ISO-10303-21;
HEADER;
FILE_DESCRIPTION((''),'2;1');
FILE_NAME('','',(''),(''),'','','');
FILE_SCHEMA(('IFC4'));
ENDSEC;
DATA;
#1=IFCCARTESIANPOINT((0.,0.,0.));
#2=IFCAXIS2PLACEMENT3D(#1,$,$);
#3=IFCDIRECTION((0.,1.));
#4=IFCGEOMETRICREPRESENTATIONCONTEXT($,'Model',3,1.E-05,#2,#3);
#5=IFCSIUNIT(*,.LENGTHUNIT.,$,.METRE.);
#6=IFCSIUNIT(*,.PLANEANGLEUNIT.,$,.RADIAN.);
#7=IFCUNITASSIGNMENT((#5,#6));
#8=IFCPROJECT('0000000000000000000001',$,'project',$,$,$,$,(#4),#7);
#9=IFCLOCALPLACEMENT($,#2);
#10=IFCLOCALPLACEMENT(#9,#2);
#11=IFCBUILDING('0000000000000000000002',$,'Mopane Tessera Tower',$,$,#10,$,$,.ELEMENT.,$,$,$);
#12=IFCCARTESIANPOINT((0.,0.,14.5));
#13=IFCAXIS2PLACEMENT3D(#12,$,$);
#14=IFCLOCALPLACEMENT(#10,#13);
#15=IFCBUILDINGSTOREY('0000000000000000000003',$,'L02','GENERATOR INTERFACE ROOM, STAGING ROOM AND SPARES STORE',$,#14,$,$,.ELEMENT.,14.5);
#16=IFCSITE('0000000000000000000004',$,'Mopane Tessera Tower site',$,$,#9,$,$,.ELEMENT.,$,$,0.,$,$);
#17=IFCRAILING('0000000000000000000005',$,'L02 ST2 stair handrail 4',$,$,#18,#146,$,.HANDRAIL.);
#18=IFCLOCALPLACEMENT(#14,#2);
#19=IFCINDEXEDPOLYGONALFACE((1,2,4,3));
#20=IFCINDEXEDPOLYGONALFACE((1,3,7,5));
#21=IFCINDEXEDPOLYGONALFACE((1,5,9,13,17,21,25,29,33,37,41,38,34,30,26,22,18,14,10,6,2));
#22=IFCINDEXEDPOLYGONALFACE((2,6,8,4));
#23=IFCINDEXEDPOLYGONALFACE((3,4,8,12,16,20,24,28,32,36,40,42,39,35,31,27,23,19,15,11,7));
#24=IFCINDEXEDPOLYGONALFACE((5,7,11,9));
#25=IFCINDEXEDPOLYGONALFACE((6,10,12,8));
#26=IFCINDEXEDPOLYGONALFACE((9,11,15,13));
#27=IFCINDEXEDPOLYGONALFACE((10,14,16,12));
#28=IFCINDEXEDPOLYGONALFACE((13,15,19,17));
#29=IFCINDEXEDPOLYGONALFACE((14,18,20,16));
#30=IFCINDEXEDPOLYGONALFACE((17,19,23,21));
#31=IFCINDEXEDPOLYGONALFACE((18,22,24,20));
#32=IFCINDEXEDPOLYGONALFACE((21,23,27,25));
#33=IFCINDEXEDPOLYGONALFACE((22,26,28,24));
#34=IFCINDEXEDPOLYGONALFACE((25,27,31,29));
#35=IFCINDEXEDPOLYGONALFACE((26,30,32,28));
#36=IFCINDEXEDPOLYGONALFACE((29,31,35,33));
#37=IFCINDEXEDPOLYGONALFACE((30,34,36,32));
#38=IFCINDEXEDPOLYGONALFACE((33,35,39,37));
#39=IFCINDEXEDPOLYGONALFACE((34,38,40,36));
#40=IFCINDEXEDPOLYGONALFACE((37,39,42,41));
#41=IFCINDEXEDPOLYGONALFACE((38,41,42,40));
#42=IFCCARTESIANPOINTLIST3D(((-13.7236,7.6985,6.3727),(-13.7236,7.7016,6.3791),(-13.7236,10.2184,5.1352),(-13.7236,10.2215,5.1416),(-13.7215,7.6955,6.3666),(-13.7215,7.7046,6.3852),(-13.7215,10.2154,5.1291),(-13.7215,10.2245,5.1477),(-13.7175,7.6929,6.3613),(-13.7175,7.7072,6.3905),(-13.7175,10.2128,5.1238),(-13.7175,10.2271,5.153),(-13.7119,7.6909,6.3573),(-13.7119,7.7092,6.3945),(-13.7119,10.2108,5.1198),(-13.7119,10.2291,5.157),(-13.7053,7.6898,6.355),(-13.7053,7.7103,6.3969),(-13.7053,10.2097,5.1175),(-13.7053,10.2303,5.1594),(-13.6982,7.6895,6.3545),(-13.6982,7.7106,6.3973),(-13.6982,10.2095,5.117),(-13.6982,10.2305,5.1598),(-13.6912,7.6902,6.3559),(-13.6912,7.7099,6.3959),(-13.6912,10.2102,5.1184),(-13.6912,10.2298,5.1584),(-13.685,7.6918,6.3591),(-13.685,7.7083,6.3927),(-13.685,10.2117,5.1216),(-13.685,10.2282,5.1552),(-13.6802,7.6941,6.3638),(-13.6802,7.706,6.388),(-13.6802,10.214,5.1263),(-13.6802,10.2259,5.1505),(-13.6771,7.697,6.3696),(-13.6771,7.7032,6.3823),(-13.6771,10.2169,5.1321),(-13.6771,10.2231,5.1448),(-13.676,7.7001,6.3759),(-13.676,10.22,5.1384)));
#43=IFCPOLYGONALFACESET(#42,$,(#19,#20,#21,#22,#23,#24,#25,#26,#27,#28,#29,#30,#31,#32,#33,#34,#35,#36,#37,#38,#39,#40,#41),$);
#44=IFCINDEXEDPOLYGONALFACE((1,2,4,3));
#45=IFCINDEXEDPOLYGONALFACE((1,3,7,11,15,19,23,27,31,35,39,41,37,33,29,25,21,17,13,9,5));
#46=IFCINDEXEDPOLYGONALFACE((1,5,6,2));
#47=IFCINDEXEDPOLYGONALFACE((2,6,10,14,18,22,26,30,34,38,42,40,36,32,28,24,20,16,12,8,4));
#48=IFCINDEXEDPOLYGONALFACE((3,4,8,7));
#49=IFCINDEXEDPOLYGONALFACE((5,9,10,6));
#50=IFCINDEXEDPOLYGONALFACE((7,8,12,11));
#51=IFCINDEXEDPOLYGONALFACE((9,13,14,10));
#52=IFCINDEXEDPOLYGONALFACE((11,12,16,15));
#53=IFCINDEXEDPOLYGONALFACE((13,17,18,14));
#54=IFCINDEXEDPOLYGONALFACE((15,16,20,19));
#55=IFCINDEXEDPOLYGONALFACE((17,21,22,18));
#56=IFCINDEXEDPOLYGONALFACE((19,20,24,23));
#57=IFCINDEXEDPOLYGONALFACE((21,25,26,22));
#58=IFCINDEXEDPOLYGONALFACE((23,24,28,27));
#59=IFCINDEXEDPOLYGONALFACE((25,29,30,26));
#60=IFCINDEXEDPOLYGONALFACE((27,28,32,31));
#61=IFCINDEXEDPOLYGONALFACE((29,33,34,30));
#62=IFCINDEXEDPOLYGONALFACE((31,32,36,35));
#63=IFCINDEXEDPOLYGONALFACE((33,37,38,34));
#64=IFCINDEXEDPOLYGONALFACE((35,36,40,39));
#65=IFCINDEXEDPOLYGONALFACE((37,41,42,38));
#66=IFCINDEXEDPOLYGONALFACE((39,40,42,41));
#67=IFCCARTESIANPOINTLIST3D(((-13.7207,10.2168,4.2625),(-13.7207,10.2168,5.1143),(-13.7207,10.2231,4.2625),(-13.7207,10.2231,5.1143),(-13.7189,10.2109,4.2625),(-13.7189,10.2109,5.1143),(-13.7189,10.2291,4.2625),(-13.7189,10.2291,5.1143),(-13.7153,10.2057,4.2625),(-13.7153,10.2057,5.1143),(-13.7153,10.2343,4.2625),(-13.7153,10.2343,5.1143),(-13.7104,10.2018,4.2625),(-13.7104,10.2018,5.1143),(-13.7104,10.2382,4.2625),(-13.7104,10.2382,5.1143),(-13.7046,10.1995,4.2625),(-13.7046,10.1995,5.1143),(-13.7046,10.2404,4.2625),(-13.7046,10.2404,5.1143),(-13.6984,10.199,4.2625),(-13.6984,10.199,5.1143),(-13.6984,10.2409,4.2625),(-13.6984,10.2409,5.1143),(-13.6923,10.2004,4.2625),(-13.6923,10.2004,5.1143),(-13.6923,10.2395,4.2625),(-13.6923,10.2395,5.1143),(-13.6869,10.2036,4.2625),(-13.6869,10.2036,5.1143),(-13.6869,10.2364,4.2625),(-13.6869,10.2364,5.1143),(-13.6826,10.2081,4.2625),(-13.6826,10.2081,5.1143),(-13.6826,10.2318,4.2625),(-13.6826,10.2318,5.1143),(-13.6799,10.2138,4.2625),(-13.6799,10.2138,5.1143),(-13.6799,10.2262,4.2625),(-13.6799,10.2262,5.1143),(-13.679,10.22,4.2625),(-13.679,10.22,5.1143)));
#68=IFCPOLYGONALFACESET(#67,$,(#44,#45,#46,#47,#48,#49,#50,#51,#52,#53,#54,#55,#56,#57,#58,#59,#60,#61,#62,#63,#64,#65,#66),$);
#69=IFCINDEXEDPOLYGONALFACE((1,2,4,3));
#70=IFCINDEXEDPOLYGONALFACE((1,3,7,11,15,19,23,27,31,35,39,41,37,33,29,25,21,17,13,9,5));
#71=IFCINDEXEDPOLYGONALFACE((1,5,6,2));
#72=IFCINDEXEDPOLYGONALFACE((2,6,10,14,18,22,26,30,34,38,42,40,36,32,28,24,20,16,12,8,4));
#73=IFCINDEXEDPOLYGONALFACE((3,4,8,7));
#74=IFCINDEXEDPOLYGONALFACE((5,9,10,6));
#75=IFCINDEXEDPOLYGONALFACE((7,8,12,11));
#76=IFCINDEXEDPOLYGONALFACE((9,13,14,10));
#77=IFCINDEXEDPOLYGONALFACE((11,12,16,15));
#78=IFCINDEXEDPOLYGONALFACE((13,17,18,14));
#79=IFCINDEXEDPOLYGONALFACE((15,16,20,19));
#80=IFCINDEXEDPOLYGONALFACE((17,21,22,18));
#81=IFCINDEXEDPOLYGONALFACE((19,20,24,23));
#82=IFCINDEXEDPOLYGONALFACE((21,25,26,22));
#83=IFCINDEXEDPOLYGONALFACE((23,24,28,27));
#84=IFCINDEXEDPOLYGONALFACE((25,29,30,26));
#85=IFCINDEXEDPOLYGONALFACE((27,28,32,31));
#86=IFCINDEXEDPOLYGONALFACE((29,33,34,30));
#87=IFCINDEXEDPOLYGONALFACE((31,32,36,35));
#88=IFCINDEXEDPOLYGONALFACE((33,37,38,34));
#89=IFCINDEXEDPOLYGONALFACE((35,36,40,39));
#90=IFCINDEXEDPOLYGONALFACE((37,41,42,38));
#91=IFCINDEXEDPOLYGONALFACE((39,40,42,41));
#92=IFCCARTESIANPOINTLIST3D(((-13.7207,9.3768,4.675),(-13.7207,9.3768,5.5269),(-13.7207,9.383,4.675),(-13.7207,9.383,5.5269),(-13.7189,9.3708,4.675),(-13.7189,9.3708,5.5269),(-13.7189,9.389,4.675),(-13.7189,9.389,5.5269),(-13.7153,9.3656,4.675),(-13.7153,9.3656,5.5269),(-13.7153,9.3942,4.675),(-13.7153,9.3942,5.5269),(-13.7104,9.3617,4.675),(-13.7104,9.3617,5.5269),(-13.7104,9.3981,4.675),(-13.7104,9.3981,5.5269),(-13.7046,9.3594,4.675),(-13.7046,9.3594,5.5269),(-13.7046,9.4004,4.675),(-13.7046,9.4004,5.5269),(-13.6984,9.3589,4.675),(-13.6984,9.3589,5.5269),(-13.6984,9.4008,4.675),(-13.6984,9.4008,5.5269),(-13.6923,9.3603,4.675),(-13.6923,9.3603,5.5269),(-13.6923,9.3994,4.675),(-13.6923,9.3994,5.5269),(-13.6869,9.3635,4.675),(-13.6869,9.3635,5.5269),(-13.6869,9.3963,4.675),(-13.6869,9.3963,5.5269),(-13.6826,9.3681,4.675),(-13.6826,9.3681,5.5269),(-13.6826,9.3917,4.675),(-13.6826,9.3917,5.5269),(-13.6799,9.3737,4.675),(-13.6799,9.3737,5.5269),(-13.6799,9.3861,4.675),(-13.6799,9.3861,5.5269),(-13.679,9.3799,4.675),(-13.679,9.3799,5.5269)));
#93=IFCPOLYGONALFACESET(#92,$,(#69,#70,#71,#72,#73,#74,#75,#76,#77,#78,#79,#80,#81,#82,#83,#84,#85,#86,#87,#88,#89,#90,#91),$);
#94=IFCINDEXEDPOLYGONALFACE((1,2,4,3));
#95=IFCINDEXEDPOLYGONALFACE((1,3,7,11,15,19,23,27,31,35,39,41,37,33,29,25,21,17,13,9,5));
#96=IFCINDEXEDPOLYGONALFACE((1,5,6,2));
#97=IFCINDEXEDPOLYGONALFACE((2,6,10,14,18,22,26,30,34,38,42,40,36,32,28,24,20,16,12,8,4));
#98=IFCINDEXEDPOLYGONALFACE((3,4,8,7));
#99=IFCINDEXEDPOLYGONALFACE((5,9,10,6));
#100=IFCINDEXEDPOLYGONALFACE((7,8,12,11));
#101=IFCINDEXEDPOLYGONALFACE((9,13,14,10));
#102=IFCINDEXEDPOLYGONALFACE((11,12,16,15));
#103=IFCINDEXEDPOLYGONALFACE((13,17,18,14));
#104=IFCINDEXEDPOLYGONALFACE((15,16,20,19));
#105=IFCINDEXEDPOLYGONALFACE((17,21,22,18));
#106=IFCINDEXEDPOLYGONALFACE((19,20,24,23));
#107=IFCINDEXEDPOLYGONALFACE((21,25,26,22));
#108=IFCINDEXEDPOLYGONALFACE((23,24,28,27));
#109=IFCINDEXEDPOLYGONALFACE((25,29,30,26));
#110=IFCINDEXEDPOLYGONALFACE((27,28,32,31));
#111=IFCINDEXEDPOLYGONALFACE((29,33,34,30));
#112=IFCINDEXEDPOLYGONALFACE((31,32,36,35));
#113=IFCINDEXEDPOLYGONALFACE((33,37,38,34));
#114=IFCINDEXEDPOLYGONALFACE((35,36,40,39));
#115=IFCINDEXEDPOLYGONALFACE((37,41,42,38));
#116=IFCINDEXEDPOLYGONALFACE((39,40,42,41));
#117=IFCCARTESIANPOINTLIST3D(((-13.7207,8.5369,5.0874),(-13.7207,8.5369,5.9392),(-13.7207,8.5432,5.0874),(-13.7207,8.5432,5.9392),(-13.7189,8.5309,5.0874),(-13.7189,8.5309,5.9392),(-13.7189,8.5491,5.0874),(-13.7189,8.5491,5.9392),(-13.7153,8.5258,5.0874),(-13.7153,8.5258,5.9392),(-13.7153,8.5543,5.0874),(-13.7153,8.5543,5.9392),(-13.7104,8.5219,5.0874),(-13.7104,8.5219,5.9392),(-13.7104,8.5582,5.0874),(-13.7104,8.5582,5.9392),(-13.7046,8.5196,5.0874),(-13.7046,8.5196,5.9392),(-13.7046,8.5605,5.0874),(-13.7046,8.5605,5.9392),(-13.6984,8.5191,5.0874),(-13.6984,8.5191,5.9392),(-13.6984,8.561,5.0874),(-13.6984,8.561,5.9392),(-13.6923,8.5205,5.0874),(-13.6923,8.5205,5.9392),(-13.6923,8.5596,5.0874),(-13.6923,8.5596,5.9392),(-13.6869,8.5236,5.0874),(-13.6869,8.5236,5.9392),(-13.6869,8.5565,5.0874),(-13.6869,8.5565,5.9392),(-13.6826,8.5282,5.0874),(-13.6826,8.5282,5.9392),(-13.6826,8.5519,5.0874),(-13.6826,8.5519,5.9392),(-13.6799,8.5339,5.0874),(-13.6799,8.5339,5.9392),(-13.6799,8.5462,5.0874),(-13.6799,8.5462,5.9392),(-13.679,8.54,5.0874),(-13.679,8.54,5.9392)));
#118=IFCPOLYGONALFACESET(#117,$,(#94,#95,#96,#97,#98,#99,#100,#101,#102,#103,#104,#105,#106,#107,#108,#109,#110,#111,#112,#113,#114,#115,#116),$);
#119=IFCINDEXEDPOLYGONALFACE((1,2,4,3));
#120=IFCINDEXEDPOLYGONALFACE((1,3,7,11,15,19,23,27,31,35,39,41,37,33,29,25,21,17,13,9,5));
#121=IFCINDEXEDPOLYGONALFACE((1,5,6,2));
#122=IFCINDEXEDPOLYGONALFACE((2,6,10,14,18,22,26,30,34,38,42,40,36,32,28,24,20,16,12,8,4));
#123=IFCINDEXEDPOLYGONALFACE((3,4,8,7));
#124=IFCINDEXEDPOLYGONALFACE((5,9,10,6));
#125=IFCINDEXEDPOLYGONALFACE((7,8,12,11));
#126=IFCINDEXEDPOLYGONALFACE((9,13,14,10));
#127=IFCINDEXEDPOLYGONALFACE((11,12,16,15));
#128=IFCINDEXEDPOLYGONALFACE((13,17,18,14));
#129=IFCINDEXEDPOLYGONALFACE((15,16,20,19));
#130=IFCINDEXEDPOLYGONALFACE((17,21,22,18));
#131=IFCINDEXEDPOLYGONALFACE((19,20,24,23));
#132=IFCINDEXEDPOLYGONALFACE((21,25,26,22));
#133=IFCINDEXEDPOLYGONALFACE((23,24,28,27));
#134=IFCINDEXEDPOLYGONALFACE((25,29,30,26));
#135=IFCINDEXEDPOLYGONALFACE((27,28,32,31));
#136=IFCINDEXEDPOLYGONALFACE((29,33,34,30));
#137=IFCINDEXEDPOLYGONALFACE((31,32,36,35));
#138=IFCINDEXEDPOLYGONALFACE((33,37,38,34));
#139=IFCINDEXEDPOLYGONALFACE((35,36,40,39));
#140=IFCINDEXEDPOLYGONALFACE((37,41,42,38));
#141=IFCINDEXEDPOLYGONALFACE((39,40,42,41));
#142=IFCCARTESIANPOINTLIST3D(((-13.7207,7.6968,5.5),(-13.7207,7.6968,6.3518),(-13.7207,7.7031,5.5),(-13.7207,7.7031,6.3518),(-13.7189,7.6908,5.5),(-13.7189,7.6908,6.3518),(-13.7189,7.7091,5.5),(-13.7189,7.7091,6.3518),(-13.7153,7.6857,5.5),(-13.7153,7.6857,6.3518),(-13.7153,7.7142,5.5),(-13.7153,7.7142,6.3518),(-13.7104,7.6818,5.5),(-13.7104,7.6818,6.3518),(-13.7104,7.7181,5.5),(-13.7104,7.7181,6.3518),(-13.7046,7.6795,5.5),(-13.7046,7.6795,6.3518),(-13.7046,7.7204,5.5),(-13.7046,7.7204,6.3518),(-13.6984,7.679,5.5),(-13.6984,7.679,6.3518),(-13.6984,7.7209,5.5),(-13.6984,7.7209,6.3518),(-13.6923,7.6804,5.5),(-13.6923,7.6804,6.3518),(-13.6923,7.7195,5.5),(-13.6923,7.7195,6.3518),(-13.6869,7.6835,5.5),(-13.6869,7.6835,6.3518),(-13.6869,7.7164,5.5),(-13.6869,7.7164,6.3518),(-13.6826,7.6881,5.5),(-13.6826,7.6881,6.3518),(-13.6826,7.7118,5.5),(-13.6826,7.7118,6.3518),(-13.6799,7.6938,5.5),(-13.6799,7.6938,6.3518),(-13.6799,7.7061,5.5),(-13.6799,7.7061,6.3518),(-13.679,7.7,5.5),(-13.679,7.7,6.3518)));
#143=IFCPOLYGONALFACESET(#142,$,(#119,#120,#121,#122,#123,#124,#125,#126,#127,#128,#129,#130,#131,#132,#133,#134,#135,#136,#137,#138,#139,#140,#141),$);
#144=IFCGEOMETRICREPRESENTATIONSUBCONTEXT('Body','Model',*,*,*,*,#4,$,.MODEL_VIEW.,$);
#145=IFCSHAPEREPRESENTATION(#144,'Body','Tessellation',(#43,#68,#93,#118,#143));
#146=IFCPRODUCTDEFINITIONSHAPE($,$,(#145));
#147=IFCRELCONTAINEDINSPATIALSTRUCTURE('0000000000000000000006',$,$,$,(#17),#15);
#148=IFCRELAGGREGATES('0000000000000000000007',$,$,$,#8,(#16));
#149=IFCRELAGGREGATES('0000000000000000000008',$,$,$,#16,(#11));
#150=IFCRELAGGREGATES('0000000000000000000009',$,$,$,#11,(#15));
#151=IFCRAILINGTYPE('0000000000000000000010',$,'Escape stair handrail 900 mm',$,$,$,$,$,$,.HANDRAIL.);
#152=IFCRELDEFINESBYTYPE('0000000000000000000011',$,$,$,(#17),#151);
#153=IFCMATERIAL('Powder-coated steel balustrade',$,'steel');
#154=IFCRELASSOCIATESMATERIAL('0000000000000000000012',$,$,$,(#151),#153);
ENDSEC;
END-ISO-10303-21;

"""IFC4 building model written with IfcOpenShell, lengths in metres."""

from ifc_helpers import new_model, si_unit, direction, frame, origin, origin_2d, place, context, subcontext, project, spatial, circle, extrude, material, type_object, element, save


model = new_model("IFC4")

# Units and contexts
model_context = context("Model", 3, precision=1e-05, world=origin(), true_north=direction((0.0, 1.0)))
body_context = subcontext(model_context, "Body", "Model", "MODEL_VIEW")
ifc_project = project(units=[si_unit("LENGTHUNIT", "METRE"), si_unit("PLANEANGLEUNIT", "RADIAN")], contexts=[model_context])

# Site, building, storey
site_placement = place(None, origin())
site = spatial("IfcSite", under=ifc_project, at=site_placement, Name="Mopane Tessera Tower site", CompositionType="ELEMENT", RefElevation=0.0)
building_placement = place(site_placement, origin())
building = spatial("IfcBuilding", under=site, at=building_placement, Name="Mopane Tessera Tower", CompositionType="ELEMENT")
storey_placement = place(building_placement, frame((0.0, 0.0, 14.5)))
storey = spatial("IfcBuildingStorey", under=building, at=storey_placement, Name="L02", Description="GENERATOR INTERFACE ROOM, STAGING ROOM AND SPARES STORE", CompositionType="ELEMENT", Elevation=14.5)

# Railing
ifc_material_1 = material(Name="Powder-coated steel balustrade", Category="steel")
railing_type_1 = type_object("IfcRailingType", Name="Escape stair handrail 900 mm", PredefinedType="HANDRAIL", material=ifc_material_1)
for number, where, name in (
    (1, (-13.7, 10.22, 4.2625), "L02 ST2 stair handrail 4"),
):
    element("IfcRailing", number, at=place(storey_placement, frame(where)), inside=storey, type_object=railing_type_1, Name=name, PredefinedType="HANDRAIL", context=body_context, shape_type="SweptSolid", body=[
        extrude(circle(Radius=0.0239, at=origin_2d()), frame((0.0, 0.0, 0.876), z_axis=(0.0, -0.897604, 0.440802), x_axis=(1.0, 0.0, 0.0)), (0.0, 0.0, 1.0), 2.8074),
        extrude(circle(Radius=0.021, at=origin_2d()), origin(), (0.0, 0.0, 1.0), 0.8518),
        extrude(circle(Radius=0.021, at=origin_2d()), frame((0.0, -0.8401, 0.4126)), (0.0, 0.0, 1.0), 0.8518),
        extrude(circle(Radius=0.021, at=origin_2d()), frame((0.0, -1.6799, 0.825)), (0.0, 0.0, 1.0), 0.8518),
        extrude(circle(Radius=0.021, at=origin_2d()), frame((0.0, -2.52, 1.2375)), (0.0, 0.0, 1.0), 0.8518),
    ])

save(model, "model.ifc")
